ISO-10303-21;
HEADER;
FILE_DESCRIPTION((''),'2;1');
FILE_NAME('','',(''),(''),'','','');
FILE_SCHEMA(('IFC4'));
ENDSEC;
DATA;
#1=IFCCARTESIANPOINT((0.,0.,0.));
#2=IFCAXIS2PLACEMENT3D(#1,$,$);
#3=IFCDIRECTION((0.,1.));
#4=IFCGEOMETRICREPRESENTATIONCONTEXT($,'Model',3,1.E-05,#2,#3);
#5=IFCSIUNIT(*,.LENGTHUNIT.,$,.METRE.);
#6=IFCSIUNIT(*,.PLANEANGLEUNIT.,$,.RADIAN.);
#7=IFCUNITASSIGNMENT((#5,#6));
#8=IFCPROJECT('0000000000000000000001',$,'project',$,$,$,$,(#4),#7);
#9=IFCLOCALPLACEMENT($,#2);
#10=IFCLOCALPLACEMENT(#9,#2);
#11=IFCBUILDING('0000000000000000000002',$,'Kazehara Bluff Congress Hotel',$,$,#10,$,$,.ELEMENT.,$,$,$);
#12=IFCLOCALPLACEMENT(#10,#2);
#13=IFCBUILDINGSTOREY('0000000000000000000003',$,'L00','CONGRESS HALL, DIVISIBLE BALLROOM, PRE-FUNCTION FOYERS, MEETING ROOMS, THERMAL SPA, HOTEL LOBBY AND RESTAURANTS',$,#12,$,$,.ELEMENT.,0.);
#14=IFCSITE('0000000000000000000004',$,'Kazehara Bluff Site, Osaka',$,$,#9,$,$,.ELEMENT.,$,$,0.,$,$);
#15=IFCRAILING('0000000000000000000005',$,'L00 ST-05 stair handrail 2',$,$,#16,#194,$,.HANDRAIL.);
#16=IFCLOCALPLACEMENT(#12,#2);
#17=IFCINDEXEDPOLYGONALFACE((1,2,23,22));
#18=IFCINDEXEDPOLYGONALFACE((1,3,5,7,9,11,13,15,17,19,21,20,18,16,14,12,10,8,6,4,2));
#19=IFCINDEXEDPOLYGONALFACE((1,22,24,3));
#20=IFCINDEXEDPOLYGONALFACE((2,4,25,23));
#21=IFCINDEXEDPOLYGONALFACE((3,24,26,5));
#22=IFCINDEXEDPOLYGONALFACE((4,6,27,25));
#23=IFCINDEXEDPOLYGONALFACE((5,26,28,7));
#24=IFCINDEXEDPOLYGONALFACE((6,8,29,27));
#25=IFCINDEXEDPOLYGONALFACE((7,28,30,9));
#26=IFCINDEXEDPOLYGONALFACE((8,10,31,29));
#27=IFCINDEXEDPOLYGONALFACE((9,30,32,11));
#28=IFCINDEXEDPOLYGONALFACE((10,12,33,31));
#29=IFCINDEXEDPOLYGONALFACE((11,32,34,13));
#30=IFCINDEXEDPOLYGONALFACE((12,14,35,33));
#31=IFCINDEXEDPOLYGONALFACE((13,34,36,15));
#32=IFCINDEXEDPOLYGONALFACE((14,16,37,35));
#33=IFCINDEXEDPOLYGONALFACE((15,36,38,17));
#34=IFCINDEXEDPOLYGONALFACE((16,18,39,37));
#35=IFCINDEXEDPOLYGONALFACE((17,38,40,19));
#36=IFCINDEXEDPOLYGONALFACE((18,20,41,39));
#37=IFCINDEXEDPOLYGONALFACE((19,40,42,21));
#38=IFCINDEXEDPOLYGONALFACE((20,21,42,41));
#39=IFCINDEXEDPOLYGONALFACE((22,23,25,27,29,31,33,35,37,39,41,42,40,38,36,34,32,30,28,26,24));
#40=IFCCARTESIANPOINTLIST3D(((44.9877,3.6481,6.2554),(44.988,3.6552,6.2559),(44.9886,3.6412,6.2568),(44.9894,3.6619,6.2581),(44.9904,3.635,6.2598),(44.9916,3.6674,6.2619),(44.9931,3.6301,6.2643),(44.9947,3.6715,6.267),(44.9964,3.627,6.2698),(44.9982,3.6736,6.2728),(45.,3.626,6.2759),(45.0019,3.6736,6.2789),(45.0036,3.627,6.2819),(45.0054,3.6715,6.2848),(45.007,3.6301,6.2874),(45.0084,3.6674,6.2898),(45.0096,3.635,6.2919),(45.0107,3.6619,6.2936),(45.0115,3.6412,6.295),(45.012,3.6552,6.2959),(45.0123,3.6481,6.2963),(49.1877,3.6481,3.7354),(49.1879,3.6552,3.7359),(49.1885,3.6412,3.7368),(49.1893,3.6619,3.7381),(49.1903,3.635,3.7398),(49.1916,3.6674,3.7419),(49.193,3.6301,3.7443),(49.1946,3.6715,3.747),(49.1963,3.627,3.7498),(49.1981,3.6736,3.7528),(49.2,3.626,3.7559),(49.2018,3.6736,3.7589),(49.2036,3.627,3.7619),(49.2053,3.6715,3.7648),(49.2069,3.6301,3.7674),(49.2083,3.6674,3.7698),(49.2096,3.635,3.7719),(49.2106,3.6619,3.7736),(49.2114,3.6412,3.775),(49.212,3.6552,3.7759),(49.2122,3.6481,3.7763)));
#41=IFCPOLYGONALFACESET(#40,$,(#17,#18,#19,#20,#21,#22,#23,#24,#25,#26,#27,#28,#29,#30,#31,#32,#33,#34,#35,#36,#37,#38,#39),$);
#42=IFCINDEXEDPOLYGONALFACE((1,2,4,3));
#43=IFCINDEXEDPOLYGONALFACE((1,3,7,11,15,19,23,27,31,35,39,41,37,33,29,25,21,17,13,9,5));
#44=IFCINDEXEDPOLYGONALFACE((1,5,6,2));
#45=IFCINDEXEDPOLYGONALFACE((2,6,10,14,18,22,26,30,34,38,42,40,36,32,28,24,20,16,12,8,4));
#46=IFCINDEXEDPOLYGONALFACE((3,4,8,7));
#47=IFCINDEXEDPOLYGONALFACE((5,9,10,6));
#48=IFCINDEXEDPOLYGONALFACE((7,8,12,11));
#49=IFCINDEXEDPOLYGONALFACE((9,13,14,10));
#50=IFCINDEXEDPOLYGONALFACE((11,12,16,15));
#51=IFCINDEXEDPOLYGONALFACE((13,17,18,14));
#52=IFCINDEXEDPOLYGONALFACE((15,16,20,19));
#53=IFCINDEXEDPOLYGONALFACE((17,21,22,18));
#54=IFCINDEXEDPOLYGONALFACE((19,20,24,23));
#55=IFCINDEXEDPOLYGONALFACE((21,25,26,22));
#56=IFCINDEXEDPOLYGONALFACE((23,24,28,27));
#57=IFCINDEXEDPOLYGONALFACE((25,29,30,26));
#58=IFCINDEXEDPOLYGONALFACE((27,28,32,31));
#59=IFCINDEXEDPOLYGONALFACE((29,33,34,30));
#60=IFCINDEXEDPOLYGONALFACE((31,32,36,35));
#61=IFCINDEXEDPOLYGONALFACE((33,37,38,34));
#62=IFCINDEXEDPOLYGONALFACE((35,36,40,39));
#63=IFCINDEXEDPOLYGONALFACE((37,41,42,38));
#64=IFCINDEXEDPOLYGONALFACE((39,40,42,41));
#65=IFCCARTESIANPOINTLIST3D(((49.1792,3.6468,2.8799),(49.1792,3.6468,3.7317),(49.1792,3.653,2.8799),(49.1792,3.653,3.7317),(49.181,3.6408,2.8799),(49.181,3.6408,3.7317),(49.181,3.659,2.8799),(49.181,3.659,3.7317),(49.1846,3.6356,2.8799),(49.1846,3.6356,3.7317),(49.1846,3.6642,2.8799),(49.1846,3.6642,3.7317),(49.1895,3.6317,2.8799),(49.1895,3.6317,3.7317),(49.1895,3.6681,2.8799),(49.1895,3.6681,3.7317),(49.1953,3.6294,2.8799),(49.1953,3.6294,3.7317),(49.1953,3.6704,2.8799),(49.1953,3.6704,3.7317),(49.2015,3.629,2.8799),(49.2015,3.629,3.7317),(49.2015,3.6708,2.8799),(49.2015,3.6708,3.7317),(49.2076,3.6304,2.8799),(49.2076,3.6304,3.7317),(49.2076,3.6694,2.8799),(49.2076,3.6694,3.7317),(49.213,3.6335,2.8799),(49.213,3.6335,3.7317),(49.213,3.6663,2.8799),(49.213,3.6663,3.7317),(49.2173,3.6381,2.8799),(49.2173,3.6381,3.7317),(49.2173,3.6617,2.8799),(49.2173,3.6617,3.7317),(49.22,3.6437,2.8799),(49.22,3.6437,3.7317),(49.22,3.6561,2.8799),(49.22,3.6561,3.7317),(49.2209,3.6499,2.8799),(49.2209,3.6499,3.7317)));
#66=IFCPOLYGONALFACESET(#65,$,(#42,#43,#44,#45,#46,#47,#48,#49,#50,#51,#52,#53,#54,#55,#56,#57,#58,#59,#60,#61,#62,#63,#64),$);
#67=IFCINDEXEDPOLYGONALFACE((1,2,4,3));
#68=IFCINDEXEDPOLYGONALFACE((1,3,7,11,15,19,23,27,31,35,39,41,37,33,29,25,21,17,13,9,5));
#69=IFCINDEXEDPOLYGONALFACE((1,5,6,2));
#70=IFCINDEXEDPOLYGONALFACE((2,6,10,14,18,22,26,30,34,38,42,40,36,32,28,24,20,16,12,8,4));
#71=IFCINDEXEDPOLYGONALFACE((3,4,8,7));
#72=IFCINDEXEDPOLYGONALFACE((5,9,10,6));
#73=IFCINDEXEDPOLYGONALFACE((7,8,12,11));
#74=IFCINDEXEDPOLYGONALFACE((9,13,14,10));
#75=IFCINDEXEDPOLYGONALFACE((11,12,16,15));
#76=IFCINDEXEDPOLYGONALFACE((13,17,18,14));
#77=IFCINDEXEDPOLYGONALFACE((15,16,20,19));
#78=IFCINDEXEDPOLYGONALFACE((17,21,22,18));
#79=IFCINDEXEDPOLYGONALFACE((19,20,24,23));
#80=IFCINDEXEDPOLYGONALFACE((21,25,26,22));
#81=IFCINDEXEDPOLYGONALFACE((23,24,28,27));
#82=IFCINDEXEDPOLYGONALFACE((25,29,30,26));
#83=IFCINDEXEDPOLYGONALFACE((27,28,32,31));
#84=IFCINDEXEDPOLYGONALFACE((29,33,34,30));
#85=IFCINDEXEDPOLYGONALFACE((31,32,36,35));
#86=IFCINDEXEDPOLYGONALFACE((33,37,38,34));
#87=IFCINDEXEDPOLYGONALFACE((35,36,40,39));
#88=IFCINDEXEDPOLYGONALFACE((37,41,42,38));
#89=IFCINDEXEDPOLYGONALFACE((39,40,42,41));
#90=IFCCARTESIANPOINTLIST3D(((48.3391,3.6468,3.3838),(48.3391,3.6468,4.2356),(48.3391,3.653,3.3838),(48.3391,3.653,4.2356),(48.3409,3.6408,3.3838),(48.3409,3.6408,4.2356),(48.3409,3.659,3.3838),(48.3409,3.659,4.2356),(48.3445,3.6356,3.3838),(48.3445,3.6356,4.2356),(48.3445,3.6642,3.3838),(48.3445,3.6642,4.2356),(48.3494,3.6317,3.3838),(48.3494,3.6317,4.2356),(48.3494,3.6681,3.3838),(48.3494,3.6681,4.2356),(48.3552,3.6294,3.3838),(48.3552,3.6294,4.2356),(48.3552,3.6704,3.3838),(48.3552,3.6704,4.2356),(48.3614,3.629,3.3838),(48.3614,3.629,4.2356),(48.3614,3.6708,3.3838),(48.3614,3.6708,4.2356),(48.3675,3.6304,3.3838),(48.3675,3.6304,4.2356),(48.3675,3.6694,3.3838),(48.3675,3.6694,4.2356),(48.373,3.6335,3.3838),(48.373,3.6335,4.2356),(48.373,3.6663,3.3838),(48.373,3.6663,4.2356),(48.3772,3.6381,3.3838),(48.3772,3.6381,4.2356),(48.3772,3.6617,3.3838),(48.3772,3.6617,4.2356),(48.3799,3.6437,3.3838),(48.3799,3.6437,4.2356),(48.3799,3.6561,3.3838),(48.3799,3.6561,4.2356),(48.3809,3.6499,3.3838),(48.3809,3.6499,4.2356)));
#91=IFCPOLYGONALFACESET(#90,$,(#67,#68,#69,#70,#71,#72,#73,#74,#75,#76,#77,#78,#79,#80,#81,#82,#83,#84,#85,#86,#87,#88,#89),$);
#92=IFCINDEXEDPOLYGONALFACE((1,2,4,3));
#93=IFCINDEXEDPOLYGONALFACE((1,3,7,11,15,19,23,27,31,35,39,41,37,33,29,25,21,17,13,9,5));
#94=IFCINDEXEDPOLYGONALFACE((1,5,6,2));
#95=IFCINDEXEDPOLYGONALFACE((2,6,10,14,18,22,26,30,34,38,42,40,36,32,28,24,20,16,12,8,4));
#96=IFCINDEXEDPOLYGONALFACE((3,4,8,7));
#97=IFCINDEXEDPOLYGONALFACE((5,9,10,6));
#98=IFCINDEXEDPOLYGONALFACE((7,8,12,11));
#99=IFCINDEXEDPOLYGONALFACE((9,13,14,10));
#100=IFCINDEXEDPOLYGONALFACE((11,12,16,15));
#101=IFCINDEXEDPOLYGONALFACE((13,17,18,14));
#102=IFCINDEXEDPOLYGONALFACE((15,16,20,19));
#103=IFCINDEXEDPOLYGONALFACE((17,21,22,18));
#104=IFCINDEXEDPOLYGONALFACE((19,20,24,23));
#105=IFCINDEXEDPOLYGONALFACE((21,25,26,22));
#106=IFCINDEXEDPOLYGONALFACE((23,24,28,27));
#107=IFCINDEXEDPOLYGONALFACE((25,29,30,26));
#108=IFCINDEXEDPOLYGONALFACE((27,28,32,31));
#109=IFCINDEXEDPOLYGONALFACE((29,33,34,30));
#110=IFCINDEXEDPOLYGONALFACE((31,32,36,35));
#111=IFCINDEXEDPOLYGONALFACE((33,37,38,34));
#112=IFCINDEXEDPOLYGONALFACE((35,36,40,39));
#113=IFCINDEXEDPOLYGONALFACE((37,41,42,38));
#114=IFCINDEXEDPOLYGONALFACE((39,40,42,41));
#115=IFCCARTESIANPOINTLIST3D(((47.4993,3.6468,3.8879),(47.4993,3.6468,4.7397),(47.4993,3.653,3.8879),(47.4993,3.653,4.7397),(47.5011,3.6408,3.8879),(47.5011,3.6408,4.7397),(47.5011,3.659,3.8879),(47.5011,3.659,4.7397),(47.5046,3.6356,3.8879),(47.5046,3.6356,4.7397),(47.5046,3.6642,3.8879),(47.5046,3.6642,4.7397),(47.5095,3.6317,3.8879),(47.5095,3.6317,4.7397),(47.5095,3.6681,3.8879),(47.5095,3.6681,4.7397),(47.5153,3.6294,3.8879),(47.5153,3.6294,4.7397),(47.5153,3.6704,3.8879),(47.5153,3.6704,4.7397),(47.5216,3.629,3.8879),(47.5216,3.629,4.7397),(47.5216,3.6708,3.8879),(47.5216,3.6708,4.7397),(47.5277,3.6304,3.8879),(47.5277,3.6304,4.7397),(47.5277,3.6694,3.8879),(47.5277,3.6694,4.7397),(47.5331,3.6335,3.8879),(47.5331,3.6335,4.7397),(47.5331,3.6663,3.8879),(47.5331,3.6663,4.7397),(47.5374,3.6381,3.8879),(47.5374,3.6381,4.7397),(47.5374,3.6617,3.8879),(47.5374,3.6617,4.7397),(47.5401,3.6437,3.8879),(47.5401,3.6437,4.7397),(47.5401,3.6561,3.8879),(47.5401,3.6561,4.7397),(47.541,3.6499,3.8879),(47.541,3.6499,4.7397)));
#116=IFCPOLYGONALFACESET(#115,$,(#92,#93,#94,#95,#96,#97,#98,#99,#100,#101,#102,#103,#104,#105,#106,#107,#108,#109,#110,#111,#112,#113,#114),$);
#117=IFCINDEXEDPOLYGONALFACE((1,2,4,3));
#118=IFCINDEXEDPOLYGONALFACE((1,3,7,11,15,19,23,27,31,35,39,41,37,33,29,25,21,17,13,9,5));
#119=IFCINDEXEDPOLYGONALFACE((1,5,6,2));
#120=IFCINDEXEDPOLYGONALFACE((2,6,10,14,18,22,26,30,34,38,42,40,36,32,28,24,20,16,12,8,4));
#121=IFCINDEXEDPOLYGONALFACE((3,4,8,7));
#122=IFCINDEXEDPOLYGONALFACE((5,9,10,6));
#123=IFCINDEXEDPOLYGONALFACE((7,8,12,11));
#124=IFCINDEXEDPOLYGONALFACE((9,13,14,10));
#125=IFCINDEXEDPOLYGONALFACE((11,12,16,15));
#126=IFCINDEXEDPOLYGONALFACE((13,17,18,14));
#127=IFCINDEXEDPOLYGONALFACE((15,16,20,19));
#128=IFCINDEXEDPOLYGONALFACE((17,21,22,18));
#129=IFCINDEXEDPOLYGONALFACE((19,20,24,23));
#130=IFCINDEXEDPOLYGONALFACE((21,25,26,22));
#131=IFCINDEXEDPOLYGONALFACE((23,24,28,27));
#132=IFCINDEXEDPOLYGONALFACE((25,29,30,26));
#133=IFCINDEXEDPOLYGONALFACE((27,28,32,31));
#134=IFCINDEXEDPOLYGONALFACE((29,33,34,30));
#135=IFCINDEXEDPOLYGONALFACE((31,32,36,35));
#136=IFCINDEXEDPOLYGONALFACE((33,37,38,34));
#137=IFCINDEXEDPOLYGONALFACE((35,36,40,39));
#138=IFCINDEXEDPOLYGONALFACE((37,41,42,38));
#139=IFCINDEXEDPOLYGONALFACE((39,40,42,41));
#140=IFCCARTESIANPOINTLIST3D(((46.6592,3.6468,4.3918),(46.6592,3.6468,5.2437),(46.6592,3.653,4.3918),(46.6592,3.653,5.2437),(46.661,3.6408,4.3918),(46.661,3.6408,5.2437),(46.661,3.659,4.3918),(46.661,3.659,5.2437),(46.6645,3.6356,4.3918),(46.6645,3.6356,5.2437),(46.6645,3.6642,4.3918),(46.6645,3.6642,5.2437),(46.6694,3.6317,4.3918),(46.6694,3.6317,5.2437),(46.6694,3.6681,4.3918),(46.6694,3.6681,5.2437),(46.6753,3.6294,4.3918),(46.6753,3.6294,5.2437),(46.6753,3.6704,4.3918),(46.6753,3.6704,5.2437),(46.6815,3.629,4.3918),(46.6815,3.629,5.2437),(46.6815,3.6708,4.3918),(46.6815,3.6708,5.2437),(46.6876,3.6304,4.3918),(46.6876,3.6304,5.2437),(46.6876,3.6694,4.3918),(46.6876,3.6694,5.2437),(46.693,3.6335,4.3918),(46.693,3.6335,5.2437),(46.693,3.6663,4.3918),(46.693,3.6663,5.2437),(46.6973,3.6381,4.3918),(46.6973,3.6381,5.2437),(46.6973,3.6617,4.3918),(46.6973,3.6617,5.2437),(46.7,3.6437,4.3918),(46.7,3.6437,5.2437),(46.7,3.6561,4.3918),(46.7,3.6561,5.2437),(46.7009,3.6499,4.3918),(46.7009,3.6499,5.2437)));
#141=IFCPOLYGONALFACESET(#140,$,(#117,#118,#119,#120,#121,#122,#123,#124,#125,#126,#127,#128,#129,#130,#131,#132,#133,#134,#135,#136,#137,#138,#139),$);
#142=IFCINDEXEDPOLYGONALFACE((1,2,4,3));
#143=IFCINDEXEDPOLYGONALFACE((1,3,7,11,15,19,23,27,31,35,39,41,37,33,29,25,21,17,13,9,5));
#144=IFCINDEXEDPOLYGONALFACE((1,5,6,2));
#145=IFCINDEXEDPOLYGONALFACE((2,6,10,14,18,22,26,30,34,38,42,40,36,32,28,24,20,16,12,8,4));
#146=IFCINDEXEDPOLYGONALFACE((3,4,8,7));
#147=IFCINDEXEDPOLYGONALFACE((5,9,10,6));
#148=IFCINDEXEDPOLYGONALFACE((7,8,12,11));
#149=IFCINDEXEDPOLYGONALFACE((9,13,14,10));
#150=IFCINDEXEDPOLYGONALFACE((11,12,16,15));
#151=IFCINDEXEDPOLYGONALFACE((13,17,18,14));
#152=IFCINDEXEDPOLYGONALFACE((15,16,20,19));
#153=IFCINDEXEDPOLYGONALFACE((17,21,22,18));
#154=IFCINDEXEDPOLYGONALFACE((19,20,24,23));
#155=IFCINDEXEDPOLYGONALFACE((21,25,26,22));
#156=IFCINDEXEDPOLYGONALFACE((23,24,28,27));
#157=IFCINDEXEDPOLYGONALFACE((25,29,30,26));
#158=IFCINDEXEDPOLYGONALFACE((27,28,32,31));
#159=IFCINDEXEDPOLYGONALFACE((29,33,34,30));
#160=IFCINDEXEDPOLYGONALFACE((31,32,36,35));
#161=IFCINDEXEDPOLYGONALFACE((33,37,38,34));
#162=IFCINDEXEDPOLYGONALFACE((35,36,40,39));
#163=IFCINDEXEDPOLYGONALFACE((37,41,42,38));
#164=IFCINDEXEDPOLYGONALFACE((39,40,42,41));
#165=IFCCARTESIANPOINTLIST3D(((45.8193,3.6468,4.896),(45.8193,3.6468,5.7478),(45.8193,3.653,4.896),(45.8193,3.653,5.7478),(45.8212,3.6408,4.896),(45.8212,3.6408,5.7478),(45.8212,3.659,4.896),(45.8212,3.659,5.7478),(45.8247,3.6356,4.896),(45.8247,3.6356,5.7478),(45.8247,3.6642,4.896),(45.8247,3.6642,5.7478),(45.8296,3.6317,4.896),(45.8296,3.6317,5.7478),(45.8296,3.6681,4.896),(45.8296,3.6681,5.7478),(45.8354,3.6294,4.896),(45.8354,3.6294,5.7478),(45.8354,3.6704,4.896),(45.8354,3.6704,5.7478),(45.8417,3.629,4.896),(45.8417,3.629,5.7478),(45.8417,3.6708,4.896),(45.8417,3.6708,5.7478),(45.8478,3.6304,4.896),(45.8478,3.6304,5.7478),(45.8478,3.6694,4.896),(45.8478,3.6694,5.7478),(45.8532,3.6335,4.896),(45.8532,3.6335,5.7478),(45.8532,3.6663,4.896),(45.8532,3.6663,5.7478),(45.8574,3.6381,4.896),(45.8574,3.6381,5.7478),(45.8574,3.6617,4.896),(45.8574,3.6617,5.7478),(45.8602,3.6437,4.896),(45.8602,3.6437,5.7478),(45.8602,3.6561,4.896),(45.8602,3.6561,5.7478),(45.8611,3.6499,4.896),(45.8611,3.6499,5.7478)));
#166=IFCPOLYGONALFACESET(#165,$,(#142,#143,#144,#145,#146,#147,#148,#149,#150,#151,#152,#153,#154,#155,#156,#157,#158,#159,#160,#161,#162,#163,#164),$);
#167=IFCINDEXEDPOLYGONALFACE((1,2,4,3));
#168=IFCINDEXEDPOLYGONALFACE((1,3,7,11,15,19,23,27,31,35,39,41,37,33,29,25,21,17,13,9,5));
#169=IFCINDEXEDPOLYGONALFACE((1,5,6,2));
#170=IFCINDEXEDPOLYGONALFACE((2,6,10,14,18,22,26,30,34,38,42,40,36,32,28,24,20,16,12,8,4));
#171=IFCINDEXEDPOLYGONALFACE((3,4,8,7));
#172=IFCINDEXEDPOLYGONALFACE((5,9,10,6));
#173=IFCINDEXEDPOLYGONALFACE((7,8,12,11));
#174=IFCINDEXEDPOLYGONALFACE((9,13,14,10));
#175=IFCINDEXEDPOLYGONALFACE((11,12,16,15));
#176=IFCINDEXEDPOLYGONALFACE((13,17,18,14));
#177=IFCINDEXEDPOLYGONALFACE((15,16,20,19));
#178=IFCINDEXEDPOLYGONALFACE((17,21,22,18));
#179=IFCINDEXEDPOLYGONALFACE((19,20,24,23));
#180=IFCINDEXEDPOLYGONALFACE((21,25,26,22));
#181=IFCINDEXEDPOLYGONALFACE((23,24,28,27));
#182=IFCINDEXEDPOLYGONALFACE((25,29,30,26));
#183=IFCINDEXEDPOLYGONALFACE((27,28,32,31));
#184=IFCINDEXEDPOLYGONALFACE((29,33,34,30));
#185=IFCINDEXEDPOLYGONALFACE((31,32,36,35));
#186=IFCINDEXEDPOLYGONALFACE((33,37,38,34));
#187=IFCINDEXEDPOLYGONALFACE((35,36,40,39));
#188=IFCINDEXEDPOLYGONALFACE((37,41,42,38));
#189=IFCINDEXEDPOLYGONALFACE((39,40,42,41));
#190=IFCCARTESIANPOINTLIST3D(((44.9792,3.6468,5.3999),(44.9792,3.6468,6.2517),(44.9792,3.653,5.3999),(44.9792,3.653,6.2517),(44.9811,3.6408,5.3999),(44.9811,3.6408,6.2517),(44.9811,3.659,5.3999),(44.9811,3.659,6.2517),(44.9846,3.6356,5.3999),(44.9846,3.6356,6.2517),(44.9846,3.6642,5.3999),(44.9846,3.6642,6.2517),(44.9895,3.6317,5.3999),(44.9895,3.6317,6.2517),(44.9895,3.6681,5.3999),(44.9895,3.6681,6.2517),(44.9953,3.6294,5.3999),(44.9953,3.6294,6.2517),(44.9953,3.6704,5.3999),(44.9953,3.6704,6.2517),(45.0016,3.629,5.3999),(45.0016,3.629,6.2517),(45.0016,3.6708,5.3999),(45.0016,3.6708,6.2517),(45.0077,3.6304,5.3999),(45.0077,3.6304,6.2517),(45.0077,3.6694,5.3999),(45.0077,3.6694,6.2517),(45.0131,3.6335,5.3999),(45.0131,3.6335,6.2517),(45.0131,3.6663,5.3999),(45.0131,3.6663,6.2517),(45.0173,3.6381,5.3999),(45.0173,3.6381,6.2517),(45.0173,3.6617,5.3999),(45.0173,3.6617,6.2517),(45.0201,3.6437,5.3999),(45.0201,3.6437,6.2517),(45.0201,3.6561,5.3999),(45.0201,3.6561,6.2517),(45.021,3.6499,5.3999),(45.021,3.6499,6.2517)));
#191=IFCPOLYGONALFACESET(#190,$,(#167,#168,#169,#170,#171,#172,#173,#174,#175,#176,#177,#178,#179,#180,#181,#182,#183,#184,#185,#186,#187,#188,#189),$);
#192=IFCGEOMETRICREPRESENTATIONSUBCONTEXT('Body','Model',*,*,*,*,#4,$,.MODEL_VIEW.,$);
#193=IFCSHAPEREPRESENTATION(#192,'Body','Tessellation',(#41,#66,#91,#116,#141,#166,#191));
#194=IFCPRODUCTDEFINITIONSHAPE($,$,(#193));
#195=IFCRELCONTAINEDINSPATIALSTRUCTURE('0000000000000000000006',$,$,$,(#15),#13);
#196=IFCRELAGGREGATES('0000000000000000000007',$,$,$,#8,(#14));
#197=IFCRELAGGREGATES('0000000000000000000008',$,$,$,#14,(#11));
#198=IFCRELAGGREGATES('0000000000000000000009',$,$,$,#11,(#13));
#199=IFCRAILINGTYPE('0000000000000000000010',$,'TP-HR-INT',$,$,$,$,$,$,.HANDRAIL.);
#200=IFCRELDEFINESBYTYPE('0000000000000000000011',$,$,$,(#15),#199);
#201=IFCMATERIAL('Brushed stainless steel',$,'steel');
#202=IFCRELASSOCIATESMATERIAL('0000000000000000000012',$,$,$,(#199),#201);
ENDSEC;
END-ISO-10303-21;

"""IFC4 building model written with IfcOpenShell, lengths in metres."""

from ifc_helpers import new_model, si_unit, direction, frame, origin, origin_2d, place, context, subcontext, project, spatial, circle, extrude, material, type_object, element, save


model = new_model("IFC4")

# Units and contexts
model_context = context("Model", 3, precision=1e-05, world=origin(), true_north=direction((0.0, 1.0)))
body_context = subcontext(model_context, "Body", "Model", "MODEL_VIEW")
ifc_project = project(units=[si_unit("LENGTHUNIT", "METRE"), si_unit("PLANEANGLEUNIT", "RADIAN")], contexts=[model_context])

# Site, building, storey
site_placement = place(None, origin())
site = spatial("IfcSite", under=ifc_project, at=site_placement, Name="Kazehara Bluff Site, Osaka", CompositionType="ELEMENT", RefElevation=0.0)
building_placement = place(site_placement, origin())
building = spatial("IfcBuilding", under=site, at=building_placement, Name="Kazehara Bluff Congress Hotel", CompositionType="ELEMENT")
storey_placement = place(building_placement, origin())
storey = spatial("IfcBuildingStorey", under=building, at=storey_placement, Name="L00", Description="CONGRESS HALL, DIVISIBLE BALLROOM, PRE-FUNCTION FOYERS, MEETING ROOMS, THERMAL SPA, HOTEL LOBBY AND RESTAURANTS", CompositionType="ELEMENT", Elevation=0.0)

# Railing
ifc_material_1 = material(Name="Brushed stainless steel", Category="steel")
railing_type_1 = type_object("IfcRailingType", Name="TP-HR-INT", PredefinedType="HANDRAIL", material=ifc_material_1)
railing_1_placement = place(storey_placement, frame((49.2, 3.6499, 2.8799)))
element("IfcRailing", 1, at=railing_1_placement, inside=storey, type_object=railing_type_1, Name="L00 ST-05 stair handrail 2", PredefinedType="HANDRAIL", context=body_context, shape_type="SweptSolid", body=[
    extrude(circle(Radius=0.0239, at=origin_2d()), frame((0.0, 0.0, 0.876), z_axis=(-0.857489, 0.0, 0.514503), x_axis=(0.0, -1.0, 0.0)), (0.0, 0.0, 1.0), 4.8979),
    extrude(circle(Radius=0.021, at=origin_2d()), origin(), (0.0, 0.0, 1.0), 0.8518),
    extrude(circle(Radius=0.021, at=origin_2d()), frame((-0.8401, 0.0, 0.5039)), (0.0, 0.0, 1.0), 0.8518),
    extrude(circle(Radius=0.021, at=origin_2d()), frame((-1.6799, 0.0, 1.0081)), (0.0, 0.0, 1.0), 0.8518),
    extrude(circle(Radius=0.021, at=origin_2d()), frame((-2.52, 0.0, 1.512)), (0.0, 0.0, 1.0), 0.8518),
    extrude(circle(Radius=0.021, at=origin_2d()), frame((-3.3599, 0.0, 2.0161)), (0.0, 0.0, 1.0), 0.8518),
    extrude(circle(Radius=0.021, at=origin_2d()), frame((-4.2, 0.0, 2.52)), (0.0, 0.0, 1.0), 0.8518),
])

save(model, "model.ifc")
